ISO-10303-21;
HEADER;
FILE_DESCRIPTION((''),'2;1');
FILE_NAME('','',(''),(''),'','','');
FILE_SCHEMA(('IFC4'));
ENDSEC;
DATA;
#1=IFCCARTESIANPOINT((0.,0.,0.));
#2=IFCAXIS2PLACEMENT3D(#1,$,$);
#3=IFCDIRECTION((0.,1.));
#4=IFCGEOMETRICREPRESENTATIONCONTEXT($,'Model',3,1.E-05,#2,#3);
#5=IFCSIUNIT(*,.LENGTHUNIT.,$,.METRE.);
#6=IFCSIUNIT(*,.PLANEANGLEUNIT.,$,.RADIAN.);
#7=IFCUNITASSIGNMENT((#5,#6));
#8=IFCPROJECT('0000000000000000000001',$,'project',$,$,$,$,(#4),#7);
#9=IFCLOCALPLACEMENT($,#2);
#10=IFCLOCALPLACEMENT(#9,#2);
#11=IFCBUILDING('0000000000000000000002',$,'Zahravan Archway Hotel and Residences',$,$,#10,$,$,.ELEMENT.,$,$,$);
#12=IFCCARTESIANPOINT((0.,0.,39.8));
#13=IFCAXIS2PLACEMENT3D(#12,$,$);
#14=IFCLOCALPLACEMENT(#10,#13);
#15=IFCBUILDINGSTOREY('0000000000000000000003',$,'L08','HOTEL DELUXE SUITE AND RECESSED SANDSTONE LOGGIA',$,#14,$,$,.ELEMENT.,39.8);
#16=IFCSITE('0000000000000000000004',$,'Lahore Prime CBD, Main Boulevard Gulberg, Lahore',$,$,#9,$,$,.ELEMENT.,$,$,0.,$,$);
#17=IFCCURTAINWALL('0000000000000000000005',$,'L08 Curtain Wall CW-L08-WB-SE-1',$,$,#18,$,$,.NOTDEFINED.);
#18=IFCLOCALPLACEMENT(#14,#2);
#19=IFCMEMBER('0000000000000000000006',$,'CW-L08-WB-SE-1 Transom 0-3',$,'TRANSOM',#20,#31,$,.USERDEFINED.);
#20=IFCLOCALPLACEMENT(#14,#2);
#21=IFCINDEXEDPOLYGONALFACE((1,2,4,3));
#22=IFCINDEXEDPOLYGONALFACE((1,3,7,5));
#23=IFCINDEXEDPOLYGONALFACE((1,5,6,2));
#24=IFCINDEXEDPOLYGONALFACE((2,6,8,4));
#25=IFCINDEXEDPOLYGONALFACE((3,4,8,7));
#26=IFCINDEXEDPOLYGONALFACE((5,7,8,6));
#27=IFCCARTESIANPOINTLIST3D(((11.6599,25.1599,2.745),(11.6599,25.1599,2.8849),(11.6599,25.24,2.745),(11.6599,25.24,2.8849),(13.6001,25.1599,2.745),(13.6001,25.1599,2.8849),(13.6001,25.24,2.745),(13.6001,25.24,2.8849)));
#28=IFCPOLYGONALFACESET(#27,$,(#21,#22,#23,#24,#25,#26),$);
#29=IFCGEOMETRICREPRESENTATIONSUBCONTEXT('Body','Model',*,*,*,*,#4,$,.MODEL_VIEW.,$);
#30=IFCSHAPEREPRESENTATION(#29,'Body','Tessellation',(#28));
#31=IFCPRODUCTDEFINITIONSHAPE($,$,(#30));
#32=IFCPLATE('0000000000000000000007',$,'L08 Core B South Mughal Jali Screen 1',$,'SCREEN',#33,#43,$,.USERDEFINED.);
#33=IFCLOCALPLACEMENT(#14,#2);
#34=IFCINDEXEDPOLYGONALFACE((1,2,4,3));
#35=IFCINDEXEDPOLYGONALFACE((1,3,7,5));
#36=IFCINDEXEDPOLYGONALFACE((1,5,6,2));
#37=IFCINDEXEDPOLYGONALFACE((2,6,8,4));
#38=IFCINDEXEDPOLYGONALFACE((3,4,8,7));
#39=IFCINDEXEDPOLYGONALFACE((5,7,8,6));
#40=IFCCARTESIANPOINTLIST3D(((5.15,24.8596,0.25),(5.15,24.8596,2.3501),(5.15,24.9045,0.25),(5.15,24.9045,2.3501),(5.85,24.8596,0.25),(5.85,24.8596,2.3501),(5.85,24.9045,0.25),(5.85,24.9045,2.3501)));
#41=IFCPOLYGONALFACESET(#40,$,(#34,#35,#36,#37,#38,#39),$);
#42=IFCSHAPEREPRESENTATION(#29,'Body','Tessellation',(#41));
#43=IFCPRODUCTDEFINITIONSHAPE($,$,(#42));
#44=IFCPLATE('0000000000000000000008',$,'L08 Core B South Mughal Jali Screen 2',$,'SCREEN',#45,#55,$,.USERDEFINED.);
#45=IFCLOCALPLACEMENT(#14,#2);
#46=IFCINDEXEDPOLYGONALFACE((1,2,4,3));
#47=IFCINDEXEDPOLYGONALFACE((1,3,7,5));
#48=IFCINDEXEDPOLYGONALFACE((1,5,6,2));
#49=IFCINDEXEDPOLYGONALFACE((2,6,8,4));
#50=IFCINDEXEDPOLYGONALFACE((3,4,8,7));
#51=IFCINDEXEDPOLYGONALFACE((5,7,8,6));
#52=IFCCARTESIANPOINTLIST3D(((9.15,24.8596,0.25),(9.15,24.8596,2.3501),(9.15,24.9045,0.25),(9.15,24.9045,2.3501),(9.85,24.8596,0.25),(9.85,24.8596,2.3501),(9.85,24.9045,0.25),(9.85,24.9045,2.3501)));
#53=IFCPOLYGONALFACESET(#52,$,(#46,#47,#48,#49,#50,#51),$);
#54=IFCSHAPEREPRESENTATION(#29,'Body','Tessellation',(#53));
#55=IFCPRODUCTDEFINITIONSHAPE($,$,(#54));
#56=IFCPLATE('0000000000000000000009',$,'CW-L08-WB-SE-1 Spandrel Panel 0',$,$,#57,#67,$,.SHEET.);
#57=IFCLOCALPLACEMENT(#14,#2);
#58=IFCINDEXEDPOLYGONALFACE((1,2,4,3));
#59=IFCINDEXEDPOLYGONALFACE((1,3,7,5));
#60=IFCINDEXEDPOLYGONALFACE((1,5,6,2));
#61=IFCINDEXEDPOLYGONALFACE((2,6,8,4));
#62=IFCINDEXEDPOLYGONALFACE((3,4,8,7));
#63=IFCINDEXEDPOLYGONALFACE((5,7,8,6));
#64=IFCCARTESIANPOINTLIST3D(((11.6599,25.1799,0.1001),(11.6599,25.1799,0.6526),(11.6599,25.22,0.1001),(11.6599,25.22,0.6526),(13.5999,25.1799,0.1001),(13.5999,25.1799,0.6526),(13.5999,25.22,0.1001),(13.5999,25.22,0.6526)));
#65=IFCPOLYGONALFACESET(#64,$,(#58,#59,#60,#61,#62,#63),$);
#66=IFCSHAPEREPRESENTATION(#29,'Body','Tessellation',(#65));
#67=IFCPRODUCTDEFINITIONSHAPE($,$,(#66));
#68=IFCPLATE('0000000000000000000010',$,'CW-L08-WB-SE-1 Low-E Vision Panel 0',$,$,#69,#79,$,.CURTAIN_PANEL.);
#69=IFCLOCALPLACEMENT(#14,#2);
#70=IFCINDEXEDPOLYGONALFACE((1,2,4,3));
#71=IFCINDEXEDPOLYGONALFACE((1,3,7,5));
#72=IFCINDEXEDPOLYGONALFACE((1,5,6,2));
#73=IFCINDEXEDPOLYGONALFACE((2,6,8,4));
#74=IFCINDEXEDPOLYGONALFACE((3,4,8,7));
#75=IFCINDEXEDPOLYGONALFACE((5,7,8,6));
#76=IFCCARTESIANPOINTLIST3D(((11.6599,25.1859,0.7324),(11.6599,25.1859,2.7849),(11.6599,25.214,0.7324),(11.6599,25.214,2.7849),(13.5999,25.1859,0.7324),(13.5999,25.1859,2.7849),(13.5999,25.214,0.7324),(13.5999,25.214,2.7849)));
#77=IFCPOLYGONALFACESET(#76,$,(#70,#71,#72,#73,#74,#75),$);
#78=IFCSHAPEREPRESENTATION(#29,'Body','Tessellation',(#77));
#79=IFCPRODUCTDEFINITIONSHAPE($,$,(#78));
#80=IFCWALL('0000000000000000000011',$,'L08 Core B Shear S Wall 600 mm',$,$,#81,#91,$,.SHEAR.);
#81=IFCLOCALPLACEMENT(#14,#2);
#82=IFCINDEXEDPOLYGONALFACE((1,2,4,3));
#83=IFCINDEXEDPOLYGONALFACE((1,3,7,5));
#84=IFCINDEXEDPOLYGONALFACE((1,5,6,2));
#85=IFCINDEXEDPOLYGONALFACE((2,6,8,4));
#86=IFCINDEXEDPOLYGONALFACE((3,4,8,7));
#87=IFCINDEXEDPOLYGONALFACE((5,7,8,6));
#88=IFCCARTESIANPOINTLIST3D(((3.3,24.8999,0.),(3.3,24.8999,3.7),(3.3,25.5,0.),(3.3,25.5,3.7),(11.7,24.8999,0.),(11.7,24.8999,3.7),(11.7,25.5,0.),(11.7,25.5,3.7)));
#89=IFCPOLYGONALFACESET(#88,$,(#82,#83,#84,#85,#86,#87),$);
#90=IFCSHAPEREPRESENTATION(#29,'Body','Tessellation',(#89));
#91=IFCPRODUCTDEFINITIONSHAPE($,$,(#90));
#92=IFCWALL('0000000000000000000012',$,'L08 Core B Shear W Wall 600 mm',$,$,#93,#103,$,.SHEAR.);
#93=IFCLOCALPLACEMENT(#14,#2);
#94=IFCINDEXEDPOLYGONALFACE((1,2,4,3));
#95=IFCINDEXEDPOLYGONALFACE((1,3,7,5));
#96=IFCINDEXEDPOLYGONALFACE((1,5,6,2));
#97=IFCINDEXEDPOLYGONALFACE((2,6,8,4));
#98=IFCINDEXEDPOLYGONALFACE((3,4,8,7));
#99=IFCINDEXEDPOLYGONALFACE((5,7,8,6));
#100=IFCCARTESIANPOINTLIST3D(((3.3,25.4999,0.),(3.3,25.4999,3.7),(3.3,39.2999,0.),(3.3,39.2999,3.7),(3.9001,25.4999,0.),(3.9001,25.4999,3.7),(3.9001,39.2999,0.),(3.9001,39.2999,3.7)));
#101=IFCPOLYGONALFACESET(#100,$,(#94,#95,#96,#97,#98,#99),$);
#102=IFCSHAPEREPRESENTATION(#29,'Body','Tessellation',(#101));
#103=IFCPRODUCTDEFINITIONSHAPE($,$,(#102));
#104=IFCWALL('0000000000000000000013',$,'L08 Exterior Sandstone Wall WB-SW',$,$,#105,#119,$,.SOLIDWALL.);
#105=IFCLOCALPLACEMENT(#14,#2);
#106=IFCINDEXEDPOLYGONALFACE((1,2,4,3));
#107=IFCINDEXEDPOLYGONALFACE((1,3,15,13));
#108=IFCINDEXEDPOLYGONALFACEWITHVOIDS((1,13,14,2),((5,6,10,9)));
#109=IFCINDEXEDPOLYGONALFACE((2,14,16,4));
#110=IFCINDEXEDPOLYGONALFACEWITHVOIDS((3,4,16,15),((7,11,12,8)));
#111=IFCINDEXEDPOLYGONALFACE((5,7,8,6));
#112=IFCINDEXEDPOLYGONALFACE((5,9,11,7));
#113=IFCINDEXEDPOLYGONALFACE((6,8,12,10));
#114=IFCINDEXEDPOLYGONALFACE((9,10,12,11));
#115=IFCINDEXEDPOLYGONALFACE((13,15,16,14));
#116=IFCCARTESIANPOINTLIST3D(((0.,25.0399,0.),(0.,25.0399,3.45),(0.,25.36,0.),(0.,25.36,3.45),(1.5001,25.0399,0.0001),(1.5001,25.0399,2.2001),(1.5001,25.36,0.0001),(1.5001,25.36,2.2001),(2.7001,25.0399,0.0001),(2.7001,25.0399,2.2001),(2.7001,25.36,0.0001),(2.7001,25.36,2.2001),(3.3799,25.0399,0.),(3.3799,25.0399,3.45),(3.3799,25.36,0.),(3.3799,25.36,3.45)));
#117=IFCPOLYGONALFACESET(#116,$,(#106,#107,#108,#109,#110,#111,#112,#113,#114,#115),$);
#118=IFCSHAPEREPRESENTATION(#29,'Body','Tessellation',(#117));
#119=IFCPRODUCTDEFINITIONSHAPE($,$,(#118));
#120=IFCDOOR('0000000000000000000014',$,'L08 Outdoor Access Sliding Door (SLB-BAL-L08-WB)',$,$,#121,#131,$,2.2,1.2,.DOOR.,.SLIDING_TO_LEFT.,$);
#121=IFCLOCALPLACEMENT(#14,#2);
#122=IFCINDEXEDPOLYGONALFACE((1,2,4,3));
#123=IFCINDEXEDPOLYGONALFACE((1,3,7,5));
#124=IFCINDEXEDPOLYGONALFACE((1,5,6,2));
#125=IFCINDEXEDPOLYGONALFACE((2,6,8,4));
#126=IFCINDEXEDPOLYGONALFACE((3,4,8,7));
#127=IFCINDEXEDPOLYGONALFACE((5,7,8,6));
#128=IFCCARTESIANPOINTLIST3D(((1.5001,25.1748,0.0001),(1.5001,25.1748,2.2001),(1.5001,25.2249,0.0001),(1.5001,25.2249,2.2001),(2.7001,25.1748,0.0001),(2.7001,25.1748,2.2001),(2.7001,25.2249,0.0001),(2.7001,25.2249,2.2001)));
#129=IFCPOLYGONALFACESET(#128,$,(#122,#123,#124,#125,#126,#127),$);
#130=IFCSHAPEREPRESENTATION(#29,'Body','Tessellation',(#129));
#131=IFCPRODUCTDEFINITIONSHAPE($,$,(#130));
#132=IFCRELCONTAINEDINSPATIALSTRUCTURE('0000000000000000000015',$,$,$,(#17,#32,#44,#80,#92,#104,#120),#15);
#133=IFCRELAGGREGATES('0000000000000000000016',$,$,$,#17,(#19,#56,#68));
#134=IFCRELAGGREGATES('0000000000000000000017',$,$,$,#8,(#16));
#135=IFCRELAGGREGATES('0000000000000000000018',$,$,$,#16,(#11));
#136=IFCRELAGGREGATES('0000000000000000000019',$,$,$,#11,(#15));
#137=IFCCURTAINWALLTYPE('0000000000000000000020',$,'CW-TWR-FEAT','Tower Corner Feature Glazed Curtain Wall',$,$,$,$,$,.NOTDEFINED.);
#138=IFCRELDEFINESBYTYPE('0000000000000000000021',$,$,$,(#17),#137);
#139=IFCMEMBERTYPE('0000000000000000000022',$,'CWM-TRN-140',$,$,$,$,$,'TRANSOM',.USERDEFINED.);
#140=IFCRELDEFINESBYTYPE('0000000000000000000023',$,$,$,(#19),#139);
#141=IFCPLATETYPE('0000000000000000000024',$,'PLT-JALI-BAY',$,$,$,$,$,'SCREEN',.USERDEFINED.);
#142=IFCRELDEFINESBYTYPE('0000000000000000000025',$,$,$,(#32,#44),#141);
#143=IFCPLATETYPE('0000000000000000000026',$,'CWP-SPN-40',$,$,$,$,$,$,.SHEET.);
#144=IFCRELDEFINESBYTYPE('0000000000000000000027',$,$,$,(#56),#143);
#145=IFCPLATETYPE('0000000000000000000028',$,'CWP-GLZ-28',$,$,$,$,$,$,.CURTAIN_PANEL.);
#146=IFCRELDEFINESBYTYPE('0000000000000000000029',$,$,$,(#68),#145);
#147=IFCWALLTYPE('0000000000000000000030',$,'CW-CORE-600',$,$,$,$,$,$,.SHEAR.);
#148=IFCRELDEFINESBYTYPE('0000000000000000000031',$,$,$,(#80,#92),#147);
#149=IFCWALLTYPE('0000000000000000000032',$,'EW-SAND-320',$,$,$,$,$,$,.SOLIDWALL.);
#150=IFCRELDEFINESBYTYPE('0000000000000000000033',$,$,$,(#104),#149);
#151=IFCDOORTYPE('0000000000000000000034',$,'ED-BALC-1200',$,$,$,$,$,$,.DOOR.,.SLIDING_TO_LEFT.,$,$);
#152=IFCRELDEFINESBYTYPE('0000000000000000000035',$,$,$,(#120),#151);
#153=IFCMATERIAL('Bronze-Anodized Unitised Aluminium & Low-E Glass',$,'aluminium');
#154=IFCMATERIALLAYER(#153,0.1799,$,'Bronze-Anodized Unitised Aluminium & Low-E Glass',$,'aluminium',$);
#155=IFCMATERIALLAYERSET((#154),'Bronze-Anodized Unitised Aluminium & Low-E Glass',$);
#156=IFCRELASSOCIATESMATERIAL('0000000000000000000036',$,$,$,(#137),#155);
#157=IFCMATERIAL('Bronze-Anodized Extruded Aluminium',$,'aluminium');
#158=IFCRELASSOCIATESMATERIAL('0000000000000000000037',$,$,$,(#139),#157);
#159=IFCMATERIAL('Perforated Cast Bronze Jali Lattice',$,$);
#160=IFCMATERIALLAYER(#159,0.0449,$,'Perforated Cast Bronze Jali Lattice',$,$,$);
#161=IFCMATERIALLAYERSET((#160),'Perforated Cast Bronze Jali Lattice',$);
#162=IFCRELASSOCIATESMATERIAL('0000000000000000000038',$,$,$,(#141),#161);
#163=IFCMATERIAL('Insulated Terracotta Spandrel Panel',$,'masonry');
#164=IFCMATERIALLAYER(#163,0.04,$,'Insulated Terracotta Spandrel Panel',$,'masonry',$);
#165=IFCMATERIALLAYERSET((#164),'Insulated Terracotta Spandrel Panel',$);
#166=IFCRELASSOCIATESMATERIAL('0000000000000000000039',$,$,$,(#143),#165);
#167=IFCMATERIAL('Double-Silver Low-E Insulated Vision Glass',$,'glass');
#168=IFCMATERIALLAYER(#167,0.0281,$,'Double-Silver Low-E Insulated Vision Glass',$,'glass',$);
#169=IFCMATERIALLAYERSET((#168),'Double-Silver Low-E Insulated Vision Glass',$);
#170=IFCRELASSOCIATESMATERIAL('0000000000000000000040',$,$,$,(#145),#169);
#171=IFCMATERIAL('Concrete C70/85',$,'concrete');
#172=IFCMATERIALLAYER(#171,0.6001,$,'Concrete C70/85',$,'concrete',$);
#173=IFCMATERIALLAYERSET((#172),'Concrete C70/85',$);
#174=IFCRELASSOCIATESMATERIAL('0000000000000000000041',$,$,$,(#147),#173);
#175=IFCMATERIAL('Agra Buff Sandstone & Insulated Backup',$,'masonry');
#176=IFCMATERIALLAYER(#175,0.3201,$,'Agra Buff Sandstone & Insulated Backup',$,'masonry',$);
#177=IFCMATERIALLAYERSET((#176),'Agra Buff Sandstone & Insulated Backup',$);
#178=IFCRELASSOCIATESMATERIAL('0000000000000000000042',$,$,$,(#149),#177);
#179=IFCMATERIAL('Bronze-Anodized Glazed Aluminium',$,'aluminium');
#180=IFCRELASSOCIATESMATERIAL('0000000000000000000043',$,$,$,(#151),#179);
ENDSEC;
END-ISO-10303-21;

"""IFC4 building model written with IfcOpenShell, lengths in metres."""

from ifc_helpers import new_model, si_unit, direction, frame, frame_2d, origin, origin_2d, place, context, subcontext, project, spatial, rectangle, extrude, source, transform, mapped, material, layer, layer_set, material_profile, profile_set, type_object, type_shapes, element, fill, aggregate, save


model = new_model("IFC4")

# Units and contexts
model_context = context("Model", 3, precision=1e-05, world=origin(), true_north=direction((0.0, 1.0)))
body_context = subcontext(model_context, "Body", "Model", "MODEL_VIEW")
ifc_project = project(units=[si_unit("LENGTHUNIT", "METRE"), si_unit("PLANEANGLEUNIT", "RADIAN")], contexts=[model_context])

# Site, building, storey
site_placement = place(None, origin())
site = spatial("IfcSite", under=ifc_project, at=site_placement, Name="Lahore Prime CBD, Main Boulevard Gulberg, Lahore", CompositionType="ELEMENT", RefElevation=0.0)
building_placement = place(site_placement, origin())
building = spatial("IfcBuilding", under=site, at=building_placement, Name="Zahravan Archway Hotel and Residences", CompositionType="ELEMENT")
storey_placement = place(building_placement, frame((0.0, 0.0, 39.8)))
storey = spatial("IfcBuildingStorey", under=building, at=storey_placement, Name="L08", Description="HOTEL DELUXE SUITE AND RECESSED SANDSTONE LOGGIA", CompositionType="ELEMENT", Elevation=39.8)

# Shared definitions
ifc_material_1 = material(Name="Concrete C70/85", Category="concrete")

# Curtain wall, member
ifc_material_2 = material(Name="Bronze-Anodized Unitised Aluminium & Low-E Glass", Category="aluminium")
ifc_layer_1 = layer(ifc_material_2, 0.1799, Name="Bronze-Anodized Unitised Aluminium & Low-E Glass", Category="aluminium")
ifc_layer_set_1 = layer_set([ifc_layer_1], Name="Bronze-Anodized Unitised Aluminium & Low-E Glass")
curtain_wall_type = type_object("IfcCurtainWallType", Name="CW-TWR-FEAT", Description="Tower Corner Feature Glazed Curtain Wall", PredefinedType="NOTDEFINED", material=ifc_layer_set_1)
curtain_wall_placement = place(storey_placement, origin())
curtain_wall = element("IfcCurtainWall", 1, at=curtain_wall_placement, inside=storey, type_object=curtain_wall_type, Name="L08 Curtain Wall CW-L08-WB-SE-1", PredefinedType="NOTDEFINED")
ifc_material_3 = material(Name="Bronze-Anodized Extruded Aluminium", Category="aluminium")
ifc_material_profile_1 = material_profile(ifc_material_3, rectangle(XDim=0.0801, YDim=0.1399, at=origin_2d()), Name="TRN 80x140", Category="aluminium")
ifc_profile_set_1 = profile_set([ifc_material_profile_1], Name="Bronze-Anodized Extruded Aluminium")
member_type_1 = type_object("IfcMemberType", Name="CWM-TRN-140", ElementType="TRANSOM", PredefinedType="USERDEFINED", material=ifc_profile_set_1)
shared_shape_1 = source(origin(), body_context, "Body", "SweptSolid", [
    extrude(rectangle(XDim=0.0801, YDim=0.1399, at=origin_2d()), origin(), (0.0, 0.0, 1.0), 1.9402),
])
member_1_placement = place(storey_placement, frame((11.6599, 25.2, 2.8149), z_axis=(1.0, 0.0, 0.0), x_axis=(0.0, 1.0, 0.0)))
member_1 = element("IfcMember", 2, at=member_1_placement, type_object=member_type_1, Name="CW-L08-WB-SE-1 Transom 0-3", ObjectType="TRANSOM", PredefinedType="USERDEFINED", context=body_context, shape_type="MappedRepresentation", body=[
    mapped(shared_shape_1, transform((0.0, 0.0, 0.0), scale=1.0)),
])

# Plates
ifc_material_4 = material(Name="Perforated Cast Bronze Jali Lattice")
ifc_layer_2 = layer(ifc_material_4, 0.0449, Name="Perforated Cast Bronze Jali Lattice")
ifc_layer_set_2 = layer_set([ifc_layer_2], Name="Perforated Cast Bronze Jali Lattice")
plate_type_1 = type_object("IfcPlateType", Name="PLT-JALI-BAY", ElementType="SCREEN", PredefinedType="USERDEFINED", material=ifc_layer_set_2)
shared_shape_2 = source(origin(), body_context, "Body", "SweptSolid", [
    extrude(rectangle(XDim=0.7, YDim=0.0449, at=origin_2d()), origin(), (0.0, 0.0, 1.0), 2.1001),
])
type_shapes(plate_type_1, [shared_shape_2])
for number, where, z_axis, x_axis, name in (
    (3, (5.5, 24.8821, 0.25), (0.0, 0.0, 1.0), (1.0, 0.0, 0.0), "L08 Core B South Mughal Jali Screen 1"),
    (4, (9.5, 24.8821, 0.25), (0.0, 0.0, 1.0), (1.0, 0.0, 0.0), "L08 Core B South Mughal Jali Screen 2"),
):
    element("IfcPlate", number, at=place(storey_placement, frame(where, z_axis=z_axis, x_axis=x_axis)), inside=storey, type_object=plate_type_1, Name=name, ObjectType="SCREEN", PredefinedType="USERDEFINED", context=body_context, shape_type="MappedRepresentation", body=[
        mapped(shared_shape_2, transform((0.0, 0.0, 0.0), scale=1.0)),
    ])

# Plates
ifc_material_5 = material(Name="Insulated Terracotta Spandrel Panel", Category="masonry")
ifc_layer_3 = layer(ifc_material_5, 0.04, Name="Insulated Terracotta Spandrel Panel", Category="masonry")
ifc_layer_set_3 = layer_set([ifc_layer_3], Name="Insulated Terracotta Spandrel Panel")
plate_type_2 = type_object("IfcPlateType", Name="CWP-SPN-40", PredefinedType="SHEET", material=ifc_layer_set_3)
shared_shape_3 = source(origin(), body_context, "Body", "SweptSolid", [
    extrude(rectangle(XDim=1.9399, YDim=0.04, at=origin_2d()), origin(), (0.0, 0.0, 1.0), 0.5525),
])
plate_1_placement = place(storey_placement, frame((12.6299, 25.2, 0.1001), z_axis=(0.0, 0.0, 1.0), x_axis=(1.0, 0.0, 0.0)))
plate_1 = element("IfcPlate", 5, at=plate_1_placement, type_object=plate_type_2, Name="CW-L08-WB-SE-1 Spandrel Panel 0", PredefinedType="SHEET", context=body_context, shape_type="MappedRepresentation", body=[
    mapped(shared_shape_3, transform((0.0, 0.0, 0.0), scale=1.0)),
])
ifc_material_6 = material(Name="Double-Silver Low-E Insulated Vision Glass", Category="glass")
ifc_layer_4 = layer(ifc_material_6, 0.0281, Name="Double-Silver Low-E Insulated Vision Glass", Category="glass")
ifc_layer_set_4 = layer_set([ifc_layer_4], Name="Double-Silver Low-E Insulated Vision Glass")
plate_type_3 = type_object("IfcPlateType", Name="CWP-GLZ-28", PredefinedType="CURTAIN_PANEL", material=ifc_layer_set_4)
shared_shape_4 = source(origin(), body_context, "Body", "SweptSolid", [
    extrude(rectangle(XDim=1.9399, YDim=0.0281, at=origin_2d()), origin(), (0.0, 0.0, 1.0), 2.0525),
])
plate_2_placement = place(storey_placement, frame((12.6299, 25.2, 0.7324), z_axis=(0.0, 0.0, 1.0), x_axis=(1.0, 0.0, 0.0)))
plate_2 = element("IfcPlate", 6, at=plate_2_placement, type_object=plate_type_3, Name="CW-L08-WB-SE-1 Low-E Vision Panel 0", PredefinedType="CURTAIN_PANEL", context=body_context, shape_type="MappedRepresentation", body=[
    mapped(shared_shape_4, transform((0.0, 0.0, 0.0), scale=1.0)),
])
aggregate(curtain_wall, [member_1, plate_1, plate_2])

# Walls
ifc_layer_5 = layer(ifc_material_1, 0.6001, Name="Concrete C70/85", Category="concrete")
ifc_layer_set_5 = layer_set([ifc_layer_5], Name="Concrete C70/85")
wall_type_1 = type_object("IfcWallType", Name="CW-CORE-600", PredefinedType="SHEAR", material=ifc_layer_set_5)
wall_1_placement = place(storey_placement, frame((3.3, 25.2, 0.0), z_axis=(0.0, 0.0, 1.0), x_axis=(1.0, 0.0, 0.0)))
element("IfcWall", 7, at=wall_1_placement, inside=storey, type_object=wall_type_1, Name="L08 Core B Shear S Wall 600 mm", PredefinedType="SHEAR", context=body_context, shape_type="SweptSolid", body=[
    extrude(rectangle(XDim=8.3999, YDim=0.6001, at=frame_2d((4.2, 0.0))), origin(), (0.0, 0.0, 1.0), 3.7),
])
wall_2_placement = place(storey_placement, frame((3.6001, 25.5, 0.0), z_axis=(0.0, 0.0, 1.0), x_axis=(0.0, 1.0, 0.0)))
element("IfcWall", 8, at=wall_2_placement, inside=storey, type_object=wall_type_1, Name="L08 Core B Shear W Wall 600 mm", PredefinedType="SHEAR", context=body_context, shape_type="SweptSolid", body=[
    extrude(rectangle(XDim=13.8, YDim=0.6001, at=frame_2d((6.8999, 0.0))), origin(), (0.0, 0.0, 1.0), 3.7),
])

# Wall, opening, door
ifc_material_7 = material(Name="Agra Buff Sandstone & Insulated Backup", Category="masonry")
ifc_layer_6 = layer(ifc_material_7, 0.3201, Name="Agra Buff Sandstone & Insulated Backup", Category="masonry")
ifc_layer_set_6 = layer_set([ifc_layer_6], Name="Agra Buff Sandstone & Insulated Backup")
wall_type_2 = type_object("IfcWallType", Name="EW-SAND-320", PredefinedType="SOLIDWALL", material=ifc_layer_set_6)
wall_3_placement = place(storey_placement, frame((0.0, 25.2, 0.0), z_axis=(0.0, 0.0, 1.0), x_axis=(1.0, 0.0, 0.0)))
wall_3 = element("IfcWall", 9, at=wall_3_placement, inside=storey, type_object=wall_type_2, Name="L08 Exterior Sandstone Wall WB-SW", PredefinedType="SOLIDWALL", context=body_context, shape_type="SweptSolid", body=[
    extrude(rectangle(XDim=3.3799, YDim=0.3201, at=frame_2d((1.6899, 0.0))), origin(), (0.0, 0.0, 1.0), 3.45),
])
opening_1_placement = place(wall_3_placement, frame((1.5, 0.0, 0.0)))
opening_1 = element("IfcOpeningElement", 10, at=opening_1_placement, cuts=wall_3, PredefinedType="OPENING", context=body_context, shape_type="SweptSolid", body=[
    extrude(rectangle(XDim=1.2, YDim=2.2, at=frame_2d((0.6001, 1.1001))), frame((0.0, 0.1699, 0.0), z_axis=(0.0, -1.0, 0.0), x_axis=(1.0, 0.0, 0.0)), (0.0, 0.0, 1.0), 0.3401),
])
ifc_material_8 = material(Name="Bronze-Anodized Glazed Aluminium", Category="aluminium")
door_type = type_object("IfcDoorType", Name="ED-BALC-1200", OperationType="SLIDING_TO_LEFT", PredefinedType="DOOR", material=ifc_material_8)
shared_shape_5 = source(origin(), body_context, "Body", "SweptSolid", [
    extrude(rectangle(XDim=1.2, YDim=2.2, at=frame_2d((0.6001, 1.1001))), frame((0.0, 0.0249, 0.0), z_axis=(0.0, -1.0, 0.0), x_axis=(1.0, 0.0, 0.0)), (0.0, 0.0, 1.0), 0.05),
])
type_shapes(door_type, [shared_shape_5])
door_placement = place(opening_1_placement, origin())
door = element("IfcDoor", 11, at=door_placement, inside=storey, type_object=door_type, Name="L08 Outdoor Access Sliding Door (SLB-BAL-L08-WB)", OperationType="SLIDING_TO_LEFT", OverallHeight=2.2, OverallWidth=1.2, PredefinedType="DOOR", context=body_context, shape_type="MappedRepresentation", body=[
    mapped(shared_shape_5, transform((0.0, 0.0, 0.0), scale=1.0)),
])
fill(opening_1, door)

save(model, "model.ifc")
